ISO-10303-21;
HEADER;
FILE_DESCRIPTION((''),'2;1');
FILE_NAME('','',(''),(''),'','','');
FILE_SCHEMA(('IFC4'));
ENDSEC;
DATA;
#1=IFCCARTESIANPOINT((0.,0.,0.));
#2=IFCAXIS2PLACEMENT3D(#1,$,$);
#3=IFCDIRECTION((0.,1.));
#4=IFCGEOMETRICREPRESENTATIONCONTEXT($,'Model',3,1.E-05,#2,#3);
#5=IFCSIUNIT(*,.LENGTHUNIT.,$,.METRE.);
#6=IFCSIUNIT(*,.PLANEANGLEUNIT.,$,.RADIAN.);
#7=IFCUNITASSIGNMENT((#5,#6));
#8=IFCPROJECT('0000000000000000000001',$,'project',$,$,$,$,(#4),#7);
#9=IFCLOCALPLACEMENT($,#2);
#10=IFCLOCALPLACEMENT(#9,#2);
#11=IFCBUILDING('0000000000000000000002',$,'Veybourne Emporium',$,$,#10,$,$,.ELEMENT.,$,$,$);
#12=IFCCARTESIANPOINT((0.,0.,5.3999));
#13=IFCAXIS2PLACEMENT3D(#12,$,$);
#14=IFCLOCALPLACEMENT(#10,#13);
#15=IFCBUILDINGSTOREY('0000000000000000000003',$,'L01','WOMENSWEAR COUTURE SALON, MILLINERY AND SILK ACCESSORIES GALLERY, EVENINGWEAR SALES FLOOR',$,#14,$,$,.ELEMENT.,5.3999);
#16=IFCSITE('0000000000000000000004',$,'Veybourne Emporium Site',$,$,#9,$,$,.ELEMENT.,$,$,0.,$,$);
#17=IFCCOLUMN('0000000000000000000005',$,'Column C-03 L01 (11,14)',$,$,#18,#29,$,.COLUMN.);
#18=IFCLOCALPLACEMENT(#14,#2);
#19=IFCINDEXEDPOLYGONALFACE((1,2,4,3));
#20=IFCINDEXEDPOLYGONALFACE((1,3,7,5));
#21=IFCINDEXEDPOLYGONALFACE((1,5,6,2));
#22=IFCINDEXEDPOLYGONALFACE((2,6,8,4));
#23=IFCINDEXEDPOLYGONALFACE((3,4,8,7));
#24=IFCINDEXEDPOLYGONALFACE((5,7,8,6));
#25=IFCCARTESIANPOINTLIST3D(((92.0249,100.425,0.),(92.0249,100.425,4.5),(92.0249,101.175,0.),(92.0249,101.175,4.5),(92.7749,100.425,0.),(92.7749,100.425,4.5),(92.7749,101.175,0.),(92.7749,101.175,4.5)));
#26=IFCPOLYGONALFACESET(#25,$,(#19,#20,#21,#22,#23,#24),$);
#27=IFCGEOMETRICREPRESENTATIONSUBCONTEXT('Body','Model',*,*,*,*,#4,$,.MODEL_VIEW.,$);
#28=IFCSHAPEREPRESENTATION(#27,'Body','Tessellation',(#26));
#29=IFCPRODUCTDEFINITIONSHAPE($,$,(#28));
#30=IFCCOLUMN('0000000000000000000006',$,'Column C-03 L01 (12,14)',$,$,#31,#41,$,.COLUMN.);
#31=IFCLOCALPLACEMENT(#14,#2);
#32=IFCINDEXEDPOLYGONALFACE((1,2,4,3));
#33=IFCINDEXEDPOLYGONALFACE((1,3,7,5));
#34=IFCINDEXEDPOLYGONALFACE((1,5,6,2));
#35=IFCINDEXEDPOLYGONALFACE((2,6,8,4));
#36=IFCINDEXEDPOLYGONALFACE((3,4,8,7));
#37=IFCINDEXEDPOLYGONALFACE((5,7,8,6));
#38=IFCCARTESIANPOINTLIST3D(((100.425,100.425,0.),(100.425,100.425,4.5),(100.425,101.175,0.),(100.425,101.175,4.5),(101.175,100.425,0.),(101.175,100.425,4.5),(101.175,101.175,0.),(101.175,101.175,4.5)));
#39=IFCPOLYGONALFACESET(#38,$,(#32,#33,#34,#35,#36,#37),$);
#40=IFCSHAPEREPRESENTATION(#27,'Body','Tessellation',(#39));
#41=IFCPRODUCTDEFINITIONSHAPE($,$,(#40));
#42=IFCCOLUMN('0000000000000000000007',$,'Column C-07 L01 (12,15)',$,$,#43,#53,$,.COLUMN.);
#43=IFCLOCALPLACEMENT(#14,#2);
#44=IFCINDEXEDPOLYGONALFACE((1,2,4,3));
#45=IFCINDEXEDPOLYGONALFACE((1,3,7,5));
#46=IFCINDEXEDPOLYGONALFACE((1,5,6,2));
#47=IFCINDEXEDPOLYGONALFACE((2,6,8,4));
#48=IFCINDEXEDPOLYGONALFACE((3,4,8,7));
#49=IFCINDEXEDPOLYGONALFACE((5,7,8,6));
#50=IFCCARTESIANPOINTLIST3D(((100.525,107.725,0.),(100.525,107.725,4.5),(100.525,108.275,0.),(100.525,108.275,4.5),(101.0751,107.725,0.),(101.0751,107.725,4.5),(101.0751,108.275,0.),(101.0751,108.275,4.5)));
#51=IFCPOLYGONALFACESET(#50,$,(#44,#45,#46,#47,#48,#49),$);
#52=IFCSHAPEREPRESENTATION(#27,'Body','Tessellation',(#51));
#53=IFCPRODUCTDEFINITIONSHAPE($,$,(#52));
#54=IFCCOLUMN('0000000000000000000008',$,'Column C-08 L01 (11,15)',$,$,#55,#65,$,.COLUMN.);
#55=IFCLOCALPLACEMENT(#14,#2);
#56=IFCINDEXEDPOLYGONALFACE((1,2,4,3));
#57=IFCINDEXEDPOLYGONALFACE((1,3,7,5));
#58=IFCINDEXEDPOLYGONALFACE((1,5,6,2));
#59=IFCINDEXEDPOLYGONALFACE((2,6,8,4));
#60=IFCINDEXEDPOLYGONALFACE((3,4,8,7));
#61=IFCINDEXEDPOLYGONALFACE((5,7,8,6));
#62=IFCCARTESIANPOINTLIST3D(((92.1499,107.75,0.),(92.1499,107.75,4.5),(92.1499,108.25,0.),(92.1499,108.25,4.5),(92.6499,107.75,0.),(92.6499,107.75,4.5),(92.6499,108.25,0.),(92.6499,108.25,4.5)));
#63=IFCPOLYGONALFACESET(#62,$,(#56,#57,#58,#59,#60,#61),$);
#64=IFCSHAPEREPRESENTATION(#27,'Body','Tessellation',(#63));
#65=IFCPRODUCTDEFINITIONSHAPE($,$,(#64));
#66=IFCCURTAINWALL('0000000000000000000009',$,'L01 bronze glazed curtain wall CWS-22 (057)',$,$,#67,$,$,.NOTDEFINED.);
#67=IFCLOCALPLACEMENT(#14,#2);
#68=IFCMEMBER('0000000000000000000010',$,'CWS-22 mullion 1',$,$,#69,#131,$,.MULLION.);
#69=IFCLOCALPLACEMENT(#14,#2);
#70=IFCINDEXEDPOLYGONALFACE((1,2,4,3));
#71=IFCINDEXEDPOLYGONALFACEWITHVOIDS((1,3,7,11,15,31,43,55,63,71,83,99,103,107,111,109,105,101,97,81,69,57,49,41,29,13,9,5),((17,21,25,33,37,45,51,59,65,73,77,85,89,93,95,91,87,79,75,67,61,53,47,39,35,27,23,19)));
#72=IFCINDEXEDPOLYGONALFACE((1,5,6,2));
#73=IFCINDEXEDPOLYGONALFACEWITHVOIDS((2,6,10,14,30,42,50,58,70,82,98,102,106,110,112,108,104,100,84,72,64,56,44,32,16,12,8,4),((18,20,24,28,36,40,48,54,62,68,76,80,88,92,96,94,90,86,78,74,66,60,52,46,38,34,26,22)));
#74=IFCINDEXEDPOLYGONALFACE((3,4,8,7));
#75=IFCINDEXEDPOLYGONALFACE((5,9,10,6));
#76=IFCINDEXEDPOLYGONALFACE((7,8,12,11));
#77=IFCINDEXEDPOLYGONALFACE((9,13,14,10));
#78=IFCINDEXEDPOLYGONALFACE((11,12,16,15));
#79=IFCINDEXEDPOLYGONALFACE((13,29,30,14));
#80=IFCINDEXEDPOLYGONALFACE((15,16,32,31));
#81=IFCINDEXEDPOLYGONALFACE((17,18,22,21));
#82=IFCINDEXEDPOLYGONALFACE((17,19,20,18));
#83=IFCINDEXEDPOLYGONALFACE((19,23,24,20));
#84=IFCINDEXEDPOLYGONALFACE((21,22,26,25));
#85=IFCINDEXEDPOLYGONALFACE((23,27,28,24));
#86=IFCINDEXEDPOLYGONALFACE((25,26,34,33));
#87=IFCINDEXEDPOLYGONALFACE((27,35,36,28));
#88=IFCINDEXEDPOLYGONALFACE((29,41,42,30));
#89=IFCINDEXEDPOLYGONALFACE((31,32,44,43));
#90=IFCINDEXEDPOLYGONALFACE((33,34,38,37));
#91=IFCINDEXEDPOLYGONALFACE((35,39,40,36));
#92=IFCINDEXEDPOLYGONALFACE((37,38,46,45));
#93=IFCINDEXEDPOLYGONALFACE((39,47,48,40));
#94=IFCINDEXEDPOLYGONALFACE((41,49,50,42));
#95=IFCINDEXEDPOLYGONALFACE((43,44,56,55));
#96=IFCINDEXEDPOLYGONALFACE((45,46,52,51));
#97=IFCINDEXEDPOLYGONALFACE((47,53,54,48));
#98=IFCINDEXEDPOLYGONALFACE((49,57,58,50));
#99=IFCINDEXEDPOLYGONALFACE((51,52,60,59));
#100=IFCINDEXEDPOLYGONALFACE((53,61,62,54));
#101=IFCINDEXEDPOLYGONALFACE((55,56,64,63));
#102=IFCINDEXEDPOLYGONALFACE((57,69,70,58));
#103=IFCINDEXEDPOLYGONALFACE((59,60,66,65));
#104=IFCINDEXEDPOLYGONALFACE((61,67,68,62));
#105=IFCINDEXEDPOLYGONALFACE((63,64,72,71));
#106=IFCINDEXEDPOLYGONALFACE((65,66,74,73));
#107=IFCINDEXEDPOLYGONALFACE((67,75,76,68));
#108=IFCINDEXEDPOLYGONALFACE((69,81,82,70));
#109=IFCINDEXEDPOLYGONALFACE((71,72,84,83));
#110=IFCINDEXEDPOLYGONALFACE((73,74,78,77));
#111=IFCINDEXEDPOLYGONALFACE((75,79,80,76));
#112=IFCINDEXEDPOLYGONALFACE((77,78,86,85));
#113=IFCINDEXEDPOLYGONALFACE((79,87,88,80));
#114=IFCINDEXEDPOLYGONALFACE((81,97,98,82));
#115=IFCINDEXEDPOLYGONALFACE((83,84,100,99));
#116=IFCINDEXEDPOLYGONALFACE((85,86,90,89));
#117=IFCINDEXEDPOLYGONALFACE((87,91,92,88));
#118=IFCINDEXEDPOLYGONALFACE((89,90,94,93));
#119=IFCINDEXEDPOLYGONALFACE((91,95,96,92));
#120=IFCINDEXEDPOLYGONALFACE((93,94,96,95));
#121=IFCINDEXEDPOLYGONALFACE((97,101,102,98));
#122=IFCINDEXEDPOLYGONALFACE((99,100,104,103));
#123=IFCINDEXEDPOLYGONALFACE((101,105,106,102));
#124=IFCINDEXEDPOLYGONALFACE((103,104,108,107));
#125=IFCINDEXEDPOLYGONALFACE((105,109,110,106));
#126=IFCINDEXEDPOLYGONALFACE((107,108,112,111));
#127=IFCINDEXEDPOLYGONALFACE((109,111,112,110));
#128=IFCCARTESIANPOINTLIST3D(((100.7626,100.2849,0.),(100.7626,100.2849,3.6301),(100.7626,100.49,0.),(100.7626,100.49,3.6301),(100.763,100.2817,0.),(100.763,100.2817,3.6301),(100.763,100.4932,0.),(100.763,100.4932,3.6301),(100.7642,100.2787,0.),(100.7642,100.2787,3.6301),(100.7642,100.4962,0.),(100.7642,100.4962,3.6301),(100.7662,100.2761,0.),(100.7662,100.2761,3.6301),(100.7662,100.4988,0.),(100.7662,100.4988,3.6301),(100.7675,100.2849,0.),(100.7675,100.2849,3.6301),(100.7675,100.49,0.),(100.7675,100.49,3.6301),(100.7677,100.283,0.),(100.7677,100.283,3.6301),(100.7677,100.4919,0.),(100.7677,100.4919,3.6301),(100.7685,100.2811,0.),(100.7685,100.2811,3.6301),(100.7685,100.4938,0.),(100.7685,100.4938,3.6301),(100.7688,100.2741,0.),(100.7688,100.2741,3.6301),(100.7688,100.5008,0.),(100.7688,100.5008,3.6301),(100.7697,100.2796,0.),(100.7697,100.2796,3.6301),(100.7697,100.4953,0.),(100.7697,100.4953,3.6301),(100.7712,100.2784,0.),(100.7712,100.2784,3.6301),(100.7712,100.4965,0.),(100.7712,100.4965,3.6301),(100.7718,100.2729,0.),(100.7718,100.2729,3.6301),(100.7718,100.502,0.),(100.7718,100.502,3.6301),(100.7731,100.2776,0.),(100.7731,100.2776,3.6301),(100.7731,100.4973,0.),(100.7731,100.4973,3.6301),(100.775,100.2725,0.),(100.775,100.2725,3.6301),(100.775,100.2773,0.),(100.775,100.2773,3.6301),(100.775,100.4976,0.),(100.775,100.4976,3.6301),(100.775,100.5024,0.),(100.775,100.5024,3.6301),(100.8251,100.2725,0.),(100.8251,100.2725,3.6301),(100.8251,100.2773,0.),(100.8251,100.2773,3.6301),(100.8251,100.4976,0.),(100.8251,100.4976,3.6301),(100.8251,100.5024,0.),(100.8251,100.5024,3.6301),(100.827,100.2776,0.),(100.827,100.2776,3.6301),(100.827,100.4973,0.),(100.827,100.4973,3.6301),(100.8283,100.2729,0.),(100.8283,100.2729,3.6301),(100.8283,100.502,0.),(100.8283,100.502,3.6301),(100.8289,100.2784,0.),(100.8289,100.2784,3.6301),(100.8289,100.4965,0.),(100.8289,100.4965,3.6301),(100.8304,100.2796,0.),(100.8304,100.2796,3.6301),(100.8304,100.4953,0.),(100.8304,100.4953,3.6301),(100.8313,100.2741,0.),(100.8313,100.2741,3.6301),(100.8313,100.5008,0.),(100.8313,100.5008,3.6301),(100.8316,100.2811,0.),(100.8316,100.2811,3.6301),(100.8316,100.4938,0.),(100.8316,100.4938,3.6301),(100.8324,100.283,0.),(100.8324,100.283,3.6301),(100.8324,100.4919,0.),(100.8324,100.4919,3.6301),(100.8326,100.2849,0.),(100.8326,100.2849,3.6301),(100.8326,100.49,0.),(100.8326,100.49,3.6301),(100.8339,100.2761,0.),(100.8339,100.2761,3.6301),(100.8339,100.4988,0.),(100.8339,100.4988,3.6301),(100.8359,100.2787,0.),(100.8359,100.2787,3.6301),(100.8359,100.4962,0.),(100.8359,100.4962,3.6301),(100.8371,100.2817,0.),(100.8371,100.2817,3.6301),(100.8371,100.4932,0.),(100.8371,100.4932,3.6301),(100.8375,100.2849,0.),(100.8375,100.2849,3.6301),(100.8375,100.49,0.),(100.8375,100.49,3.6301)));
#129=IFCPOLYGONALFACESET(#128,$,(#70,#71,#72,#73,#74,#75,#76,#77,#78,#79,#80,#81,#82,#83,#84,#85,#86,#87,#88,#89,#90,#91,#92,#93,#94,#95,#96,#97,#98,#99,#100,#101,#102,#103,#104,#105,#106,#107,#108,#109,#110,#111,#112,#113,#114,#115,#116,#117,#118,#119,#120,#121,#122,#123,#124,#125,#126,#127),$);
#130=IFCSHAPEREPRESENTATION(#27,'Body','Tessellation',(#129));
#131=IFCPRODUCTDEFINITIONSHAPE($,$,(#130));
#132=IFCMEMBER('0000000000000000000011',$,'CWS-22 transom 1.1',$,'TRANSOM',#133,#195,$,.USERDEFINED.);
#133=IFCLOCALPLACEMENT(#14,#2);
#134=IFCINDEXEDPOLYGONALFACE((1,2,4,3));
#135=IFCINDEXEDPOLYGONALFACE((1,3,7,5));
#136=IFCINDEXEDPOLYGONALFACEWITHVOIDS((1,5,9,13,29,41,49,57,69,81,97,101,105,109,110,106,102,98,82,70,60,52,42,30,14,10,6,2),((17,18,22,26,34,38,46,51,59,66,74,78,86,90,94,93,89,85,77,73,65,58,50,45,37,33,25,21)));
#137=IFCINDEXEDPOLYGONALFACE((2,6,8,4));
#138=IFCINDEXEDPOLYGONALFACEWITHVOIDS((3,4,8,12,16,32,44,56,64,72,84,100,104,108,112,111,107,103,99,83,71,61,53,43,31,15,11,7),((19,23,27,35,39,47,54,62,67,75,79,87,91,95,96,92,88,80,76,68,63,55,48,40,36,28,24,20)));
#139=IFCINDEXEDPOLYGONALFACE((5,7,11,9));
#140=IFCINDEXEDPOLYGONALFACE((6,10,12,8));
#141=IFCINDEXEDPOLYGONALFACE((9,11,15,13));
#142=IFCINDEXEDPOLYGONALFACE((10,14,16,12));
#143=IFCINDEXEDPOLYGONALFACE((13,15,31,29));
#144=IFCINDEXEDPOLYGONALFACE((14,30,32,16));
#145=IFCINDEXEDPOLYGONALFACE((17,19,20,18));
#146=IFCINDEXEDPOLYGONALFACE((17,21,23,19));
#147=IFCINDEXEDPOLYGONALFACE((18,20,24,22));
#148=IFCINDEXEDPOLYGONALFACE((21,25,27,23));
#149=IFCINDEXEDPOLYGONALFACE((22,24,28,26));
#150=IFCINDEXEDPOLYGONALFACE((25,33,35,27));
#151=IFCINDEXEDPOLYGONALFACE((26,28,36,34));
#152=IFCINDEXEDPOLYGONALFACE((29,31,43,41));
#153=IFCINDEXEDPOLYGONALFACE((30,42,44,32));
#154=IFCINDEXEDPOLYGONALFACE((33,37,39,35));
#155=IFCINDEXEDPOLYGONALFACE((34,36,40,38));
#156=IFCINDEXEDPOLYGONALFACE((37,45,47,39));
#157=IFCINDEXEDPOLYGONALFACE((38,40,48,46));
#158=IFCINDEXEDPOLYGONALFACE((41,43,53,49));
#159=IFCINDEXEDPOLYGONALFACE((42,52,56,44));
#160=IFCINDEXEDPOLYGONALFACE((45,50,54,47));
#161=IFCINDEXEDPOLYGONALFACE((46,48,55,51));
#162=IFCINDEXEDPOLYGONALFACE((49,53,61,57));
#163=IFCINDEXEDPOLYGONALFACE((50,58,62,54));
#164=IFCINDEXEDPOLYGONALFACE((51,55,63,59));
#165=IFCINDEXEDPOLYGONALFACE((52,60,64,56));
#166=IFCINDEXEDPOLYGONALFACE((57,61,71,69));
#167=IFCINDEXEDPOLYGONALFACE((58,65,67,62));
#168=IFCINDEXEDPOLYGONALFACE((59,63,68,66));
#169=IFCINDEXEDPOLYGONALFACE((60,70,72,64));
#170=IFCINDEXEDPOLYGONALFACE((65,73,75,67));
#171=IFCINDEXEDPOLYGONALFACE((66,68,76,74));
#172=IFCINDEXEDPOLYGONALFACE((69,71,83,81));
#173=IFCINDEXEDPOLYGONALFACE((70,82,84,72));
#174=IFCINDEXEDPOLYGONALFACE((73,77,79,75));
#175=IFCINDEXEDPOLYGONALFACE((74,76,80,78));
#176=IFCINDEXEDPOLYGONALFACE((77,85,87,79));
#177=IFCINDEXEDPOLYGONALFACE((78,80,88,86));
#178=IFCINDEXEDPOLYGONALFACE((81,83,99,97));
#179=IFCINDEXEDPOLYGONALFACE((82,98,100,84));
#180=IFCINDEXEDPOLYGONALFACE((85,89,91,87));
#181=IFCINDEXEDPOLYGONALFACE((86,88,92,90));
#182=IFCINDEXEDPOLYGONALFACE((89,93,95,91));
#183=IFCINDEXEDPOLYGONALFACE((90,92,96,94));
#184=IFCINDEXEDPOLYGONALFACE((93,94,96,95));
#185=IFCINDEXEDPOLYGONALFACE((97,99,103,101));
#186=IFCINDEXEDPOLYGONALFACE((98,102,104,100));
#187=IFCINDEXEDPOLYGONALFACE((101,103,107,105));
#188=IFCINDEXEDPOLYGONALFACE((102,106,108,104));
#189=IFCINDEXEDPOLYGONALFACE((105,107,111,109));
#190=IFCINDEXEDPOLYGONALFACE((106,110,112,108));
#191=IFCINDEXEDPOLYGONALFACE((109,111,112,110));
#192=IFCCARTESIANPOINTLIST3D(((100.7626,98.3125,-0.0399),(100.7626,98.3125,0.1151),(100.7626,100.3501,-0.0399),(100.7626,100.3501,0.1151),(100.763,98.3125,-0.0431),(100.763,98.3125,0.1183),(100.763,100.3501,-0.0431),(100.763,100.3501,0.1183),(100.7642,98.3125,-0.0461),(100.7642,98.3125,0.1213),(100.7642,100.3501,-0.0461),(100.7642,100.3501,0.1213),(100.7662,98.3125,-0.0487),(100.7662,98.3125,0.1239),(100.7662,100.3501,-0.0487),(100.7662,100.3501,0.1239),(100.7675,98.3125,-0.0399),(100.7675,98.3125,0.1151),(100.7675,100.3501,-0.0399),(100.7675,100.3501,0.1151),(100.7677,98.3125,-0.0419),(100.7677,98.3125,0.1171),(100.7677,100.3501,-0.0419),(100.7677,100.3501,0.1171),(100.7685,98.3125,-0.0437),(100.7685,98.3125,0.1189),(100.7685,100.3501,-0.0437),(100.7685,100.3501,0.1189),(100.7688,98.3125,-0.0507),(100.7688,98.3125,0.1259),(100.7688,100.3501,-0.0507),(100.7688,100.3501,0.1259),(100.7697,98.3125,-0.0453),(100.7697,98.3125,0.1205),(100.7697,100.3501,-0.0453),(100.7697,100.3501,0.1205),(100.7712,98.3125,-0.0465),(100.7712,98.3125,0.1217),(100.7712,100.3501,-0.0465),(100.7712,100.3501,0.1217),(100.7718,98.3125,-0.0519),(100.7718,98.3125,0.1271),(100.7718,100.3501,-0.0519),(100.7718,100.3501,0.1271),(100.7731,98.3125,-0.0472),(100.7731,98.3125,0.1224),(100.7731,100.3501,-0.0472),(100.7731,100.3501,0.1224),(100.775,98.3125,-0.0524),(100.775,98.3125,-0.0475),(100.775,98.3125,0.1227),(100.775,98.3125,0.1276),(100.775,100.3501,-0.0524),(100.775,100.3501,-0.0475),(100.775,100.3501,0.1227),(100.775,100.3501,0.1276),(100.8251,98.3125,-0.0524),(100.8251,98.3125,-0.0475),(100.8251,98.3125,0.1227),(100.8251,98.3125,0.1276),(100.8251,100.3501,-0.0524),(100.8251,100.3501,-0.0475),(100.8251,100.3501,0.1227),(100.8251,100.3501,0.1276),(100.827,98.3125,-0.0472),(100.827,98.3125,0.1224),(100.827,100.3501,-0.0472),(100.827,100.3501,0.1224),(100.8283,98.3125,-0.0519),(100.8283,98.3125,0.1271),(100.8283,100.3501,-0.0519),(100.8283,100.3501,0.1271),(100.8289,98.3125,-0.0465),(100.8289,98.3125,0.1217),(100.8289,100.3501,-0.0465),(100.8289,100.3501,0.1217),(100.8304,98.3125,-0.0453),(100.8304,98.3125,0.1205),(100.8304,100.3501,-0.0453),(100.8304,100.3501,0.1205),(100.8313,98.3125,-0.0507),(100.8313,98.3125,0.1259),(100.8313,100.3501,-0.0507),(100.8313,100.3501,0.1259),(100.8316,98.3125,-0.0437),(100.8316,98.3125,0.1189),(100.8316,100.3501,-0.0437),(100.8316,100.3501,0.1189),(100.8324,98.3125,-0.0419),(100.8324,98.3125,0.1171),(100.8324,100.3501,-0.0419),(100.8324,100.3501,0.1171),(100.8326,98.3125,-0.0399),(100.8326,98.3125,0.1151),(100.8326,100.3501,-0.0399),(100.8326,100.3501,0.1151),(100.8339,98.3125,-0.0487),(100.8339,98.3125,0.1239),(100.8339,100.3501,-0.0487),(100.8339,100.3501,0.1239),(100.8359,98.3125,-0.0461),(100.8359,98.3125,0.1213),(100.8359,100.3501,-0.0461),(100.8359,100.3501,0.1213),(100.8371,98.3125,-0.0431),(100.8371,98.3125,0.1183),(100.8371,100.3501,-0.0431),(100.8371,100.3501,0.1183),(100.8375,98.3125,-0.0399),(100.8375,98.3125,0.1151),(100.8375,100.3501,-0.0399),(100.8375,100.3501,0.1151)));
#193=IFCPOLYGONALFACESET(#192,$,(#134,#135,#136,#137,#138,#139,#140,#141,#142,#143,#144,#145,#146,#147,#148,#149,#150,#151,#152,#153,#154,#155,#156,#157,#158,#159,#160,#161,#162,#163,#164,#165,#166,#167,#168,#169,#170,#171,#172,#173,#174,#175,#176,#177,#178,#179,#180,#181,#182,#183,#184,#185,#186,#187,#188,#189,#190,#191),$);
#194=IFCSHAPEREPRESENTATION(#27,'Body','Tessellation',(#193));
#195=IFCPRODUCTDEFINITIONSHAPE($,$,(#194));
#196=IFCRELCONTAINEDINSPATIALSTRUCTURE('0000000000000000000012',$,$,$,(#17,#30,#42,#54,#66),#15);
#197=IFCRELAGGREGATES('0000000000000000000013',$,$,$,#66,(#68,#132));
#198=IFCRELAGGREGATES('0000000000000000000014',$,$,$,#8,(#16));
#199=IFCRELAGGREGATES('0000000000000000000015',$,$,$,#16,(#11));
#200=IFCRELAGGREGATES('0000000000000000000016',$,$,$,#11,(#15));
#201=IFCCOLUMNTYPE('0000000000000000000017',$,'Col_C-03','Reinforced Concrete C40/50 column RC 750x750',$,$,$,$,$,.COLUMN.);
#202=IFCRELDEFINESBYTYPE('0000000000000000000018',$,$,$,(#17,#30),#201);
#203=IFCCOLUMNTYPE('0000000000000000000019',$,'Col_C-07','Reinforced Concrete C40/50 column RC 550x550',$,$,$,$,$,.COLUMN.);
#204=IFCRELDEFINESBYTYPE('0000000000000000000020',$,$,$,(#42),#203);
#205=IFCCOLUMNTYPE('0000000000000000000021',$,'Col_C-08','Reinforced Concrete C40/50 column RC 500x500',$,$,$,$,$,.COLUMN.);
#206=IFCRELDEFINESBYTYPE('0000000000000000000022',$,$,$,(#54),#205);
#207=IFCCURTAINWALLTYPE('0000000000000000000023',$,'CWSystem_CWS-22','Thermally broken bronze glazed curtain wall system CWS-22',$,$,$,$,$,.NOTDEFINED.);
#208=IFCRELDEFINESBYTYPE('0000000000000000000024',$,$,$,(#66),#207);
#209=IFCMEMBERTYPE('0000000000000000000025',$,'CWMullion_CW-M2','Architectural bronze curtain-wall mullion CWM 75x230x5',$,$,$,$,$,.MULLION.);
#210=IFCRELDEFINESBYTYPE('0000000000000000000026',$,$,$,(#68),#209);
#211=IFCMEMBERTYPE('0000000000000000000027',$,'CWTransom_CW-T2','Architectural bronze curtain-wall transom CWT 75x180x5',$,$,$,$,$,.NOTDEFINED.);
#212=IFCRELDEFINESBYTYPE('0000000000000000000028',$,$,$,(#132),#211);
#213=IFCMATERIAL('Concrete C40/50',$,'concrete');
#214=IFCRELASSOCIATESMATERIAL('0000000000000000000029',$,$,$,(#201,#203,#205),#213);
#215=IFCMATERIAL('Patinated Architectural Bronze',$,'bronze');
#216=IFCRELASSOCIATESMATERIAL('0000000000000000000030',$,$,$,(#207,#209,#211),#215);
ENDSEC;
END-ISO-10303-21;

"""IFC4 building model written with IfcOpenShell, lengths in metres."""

from ifc_helpers import new_model, si_unit, direction, frame, origin, origin_2d, place, context, subcontext, project, spatial, rectangle, hollow_rectangle, extrude, material, material_profile, profile_set, type_object, element, aggregate, save


model = new_model("IFC4")

# Units and contexts
model_context = context("Model", 3, precision=1e-05, world=origin(), true_north=direction((0.0, 1.0)))
body_context = subcontext(model_context, "Body", "Model", "MODEL_VIEW")
ifc_project = project(units=[si_unit("LENGTHUNIT", "METRE"), si_unit("PLANEANGLEUNIT", "RADIAN")], contexts=[model_context])

# Site, building, storey
site_placement = place(None, origin())
site = spatial("IfcSite", under=ifc_project, at=site_placement, Name="Veybourne Emporium Site", CompositionType="ELEMENT", RefElevation=0.0)
building_placement = place(site_placement, origin())
building = spatial("IfcBuilding", under=site, at=building_placement, Name="Veybourne Emporium", CompositionType="ELEMENT")
storey_placement = place(building_placement, frame((0.0, 0.0, 5.3999)))
storey = spatial("IfcBuildingStorey", under=building, at=storey_placement, Name="L01", Description="WOMENSWEAR COUTURE SALON, MILLINERY AND SILK ACCESSORIES GALLERY, EVENINGWEAR SALES FLOOR", CompositionType="ELEMENT", Elevation=5.3999)

# Columns
ifc_material_1 = material(Name="Concrete C40/50", Category="concrete")
ifc_material_profile_1 = material_profile(ifc_material_1, rectangle(XDim=0.75, YDim=0.75, at=origin_2d()), Name="RC 750x750")
ifc_profile_set_1 = profile_set([ifc_material_profile_1], Name="Concrete C40/50")
column_type_1 = type_object("IfcColumnType", Name="Col_C-03", Description="Reinforced Concrete C40/50 column RC 750x750", PredefinedType="COLUMN", material=ifc_profile_set_1)
for number, where, z_axis, x_axis, name in (
    (1, (92.3999, 100.8, 0.0), (0.0, 0.0, 1.0), (1.0, 0.0, 0.0), "Column C-03 L01 (11,14)"),
    (2, (100.8, 100.8, 0.0), (0.0, 0.0, 1.0), (1.0, 0.0, 0.0), "Column C-03 L01 (12,14)"),
):
    element("IfcColumn", number, at=place(storey_placement, frame(where, z_axis=z_axis, x_axis=x_axis)), inside=storey, type_object=column_type_1, Name=name, PredefinedType="COLUMN", context=body_context, shape_type="SweptSolid", body=[
        extrude(rectangle(XDim=0.75, YDim=0.75, at=origin_2d()), origin(), (0.0, 0.0, 1.0), 4.5),
    ])
ifc_material_profile_2 = material_profile(ifc_material_1, rectangle(XDim=0.55, YDim=0.55, at=origin_2d()), Name="RC 550x550")
ifc_profile_set_2 = profile_set([ifc_material_profile_2], Name="Concrete C40/50")
column_type_2 = type_object("IfcColumnType", Name="Col_C-07", Description="Reinforced Concrete C40/50 column RC 550x550", PredefinedType="COLUMN", material=ifc_profile_set_2)
column_1_placement = place(storey_placement, frame((100.8, 108.0, 0.0), z_axis=(0.0, 0.0, 1.0), x_axis=(1.0, 0.0, 0.0)))
element("IfcColumn", 3, at=column_1_placement, inside=storey, type_object=column_type_2, Name="Column C-07 L01 (12,15)", PredefinedType="COLUMN", context=body_context, shape_type="SweptSolid", body=[
    extrude(rectangle(XDim=0.55, YDim=0.55, at=origin_2d()), origin(), (0.0, 0.0, 1.0), 4.5),
])
ifc_material_profile_3 = material_profile(ifc_material_1, rectangle(XDim=0.5, YDim=0.5, at=origin_2d()), Name="RC 500x500")
ifc_profile_set_3 = profile_set([ifc_material_profile_3], Name="Concrete C40/50")
column_type_3 = type_object("IfcColumnType", Name="Col_C-08", Description="Reinforced Concrete C40/50 column RC 500x500", PredefinedType="COLUMN", material=ifc_profile_set_3)
column_2_placement = place(storey_placement, frame((92.3999, 108.0, 0.0), z_axis=(0.0, 0.0, 1.0), x_axis=(1.0, 0.0, 0.0)))
element("IfcColumn", 4, at=column_2_placement, inside=storey, type_object=column_type_3, Name="Column C-08 L01 (11,15)", PredefinedType="COLUMN", context=body_context, shape_type="SweptSolid", body=[
    extrude(rectangle(XDim=0.5, YDim=0.5, at=origin_2d()), origin(), (0.0, 0.0, 1.0), 4.5),
])

# Curtain wall, members
ifc_material_2 = material(Name="Patinated Architectural Bronze", Category="bronze")
curtain_wall_type = type_object("IfcCurtainWallType", Name="CWSystem_CWS-22", Description="Thermally broken bronze glazed curtain wall system CWS-22", PredefinedType="NOTDEFINED", material=ifc_material_2)
curtain_wall_placement = place(storey_placement, origin())
curtain_wall = element("IfcCurtainWall", 5, at=curtain_wall_placement, inside=storey, type_object=curtain_wall_type, Name="L01 bronze glazed curtain wall CWS-22 (057)", PredefinedType="NOTDEFINED")
ifc_material_profile_4 = material_profile(ifc_material_2, hollow_rectangle(XDim=0.075, YDim=0.23, WallThickness=0.0049, InnerFilletRadius=0.0076, OuterFilletRadius=0.0125, at=origin_2d()), Name="CWM 75x230x5")
ifc_profile_set_4 = profile_set([ifc_material_profile_4], Name="Patinated Architectural Bronze")
member_type_1 = type_object("IfcMemberType", Name="CWMullion_CW-M2", Description="Architectural bronze curtain-wall mullion CWM 75x230x5", PredefinedType="MULLION", material=ifc_profile_set_4)
member_1_placement = place(storey_placement, frame((100.8, 100.3875, 0.0), z_axis=(0.0, 0.0, 1.0), x_axis=(1.0, 0.0, 0.0)))
member_1 = element("IfcMember", 6, at=member_1_placement, type_object=member_type_1, Name="CWS-22 mullion 1", PredefinedType="MULLION", context=body_context, shape_type="SweptSolid", body=[
    extrude(hollow_rectangle(XDim=0.075, YDim=0.23, WallThickness=0.0049, InnerFilletRadius=0.0076, OuterFilletRadius=0.0125, at=origin_2d()), origin(), (0.0, 0.0, 1.0), 3.6301),
])
ifc_material_profile_5 = material_profile(ifc_material_2, hollow_rectangle(XDim=0.075, YDim=0.1799, WallThickness=0.0049, InnerFilletRadius=0.0076, OuterFilletRadius=0.0125, at=origin_2d()), Name="CWT 75x180x5")
ifc_profile_set_5 = profile_set([ifc_material_profile_5], Name="Patinated Architectural Bronze")
member_type_2 = type_object("IfcMemberType", Name="CWTransom_CW-T2", Description="Architectural bronze curtain-wall transom CWT 75x180x5", PredefinedType="NOTDEFINED", material=ifc_profile_set_5)
member_2_placement = place(storey_placement, frame((100.8, 100.3501, 0.0376), z_axis=(0.0, -1.0, 0.0), x_axis=(1.0, 0.0, 0.0)))
member_2 = element("IfcMember", 7, at=member_2_placement, type_object=member_type_2, Name="CWS-22 transom 1.1", ObjectType="TRANSOM", PredefinedType="USERDEFINED", context=body_context, shape_type="SweptSolid", body=[
    extrude(hollow_rectangle(XDim=0.075, YDim=0.1799, WallThickness=0.0049, InnerFilletRadius=0.0076, OuterFilletRadius=0.0125, at=origin_2d()), origin(), (0.0, 0.0, 1.0), 2.0376),
])

aggregate(curtain_wall, [member_1, member_2])

save(model, "model.ifc")
